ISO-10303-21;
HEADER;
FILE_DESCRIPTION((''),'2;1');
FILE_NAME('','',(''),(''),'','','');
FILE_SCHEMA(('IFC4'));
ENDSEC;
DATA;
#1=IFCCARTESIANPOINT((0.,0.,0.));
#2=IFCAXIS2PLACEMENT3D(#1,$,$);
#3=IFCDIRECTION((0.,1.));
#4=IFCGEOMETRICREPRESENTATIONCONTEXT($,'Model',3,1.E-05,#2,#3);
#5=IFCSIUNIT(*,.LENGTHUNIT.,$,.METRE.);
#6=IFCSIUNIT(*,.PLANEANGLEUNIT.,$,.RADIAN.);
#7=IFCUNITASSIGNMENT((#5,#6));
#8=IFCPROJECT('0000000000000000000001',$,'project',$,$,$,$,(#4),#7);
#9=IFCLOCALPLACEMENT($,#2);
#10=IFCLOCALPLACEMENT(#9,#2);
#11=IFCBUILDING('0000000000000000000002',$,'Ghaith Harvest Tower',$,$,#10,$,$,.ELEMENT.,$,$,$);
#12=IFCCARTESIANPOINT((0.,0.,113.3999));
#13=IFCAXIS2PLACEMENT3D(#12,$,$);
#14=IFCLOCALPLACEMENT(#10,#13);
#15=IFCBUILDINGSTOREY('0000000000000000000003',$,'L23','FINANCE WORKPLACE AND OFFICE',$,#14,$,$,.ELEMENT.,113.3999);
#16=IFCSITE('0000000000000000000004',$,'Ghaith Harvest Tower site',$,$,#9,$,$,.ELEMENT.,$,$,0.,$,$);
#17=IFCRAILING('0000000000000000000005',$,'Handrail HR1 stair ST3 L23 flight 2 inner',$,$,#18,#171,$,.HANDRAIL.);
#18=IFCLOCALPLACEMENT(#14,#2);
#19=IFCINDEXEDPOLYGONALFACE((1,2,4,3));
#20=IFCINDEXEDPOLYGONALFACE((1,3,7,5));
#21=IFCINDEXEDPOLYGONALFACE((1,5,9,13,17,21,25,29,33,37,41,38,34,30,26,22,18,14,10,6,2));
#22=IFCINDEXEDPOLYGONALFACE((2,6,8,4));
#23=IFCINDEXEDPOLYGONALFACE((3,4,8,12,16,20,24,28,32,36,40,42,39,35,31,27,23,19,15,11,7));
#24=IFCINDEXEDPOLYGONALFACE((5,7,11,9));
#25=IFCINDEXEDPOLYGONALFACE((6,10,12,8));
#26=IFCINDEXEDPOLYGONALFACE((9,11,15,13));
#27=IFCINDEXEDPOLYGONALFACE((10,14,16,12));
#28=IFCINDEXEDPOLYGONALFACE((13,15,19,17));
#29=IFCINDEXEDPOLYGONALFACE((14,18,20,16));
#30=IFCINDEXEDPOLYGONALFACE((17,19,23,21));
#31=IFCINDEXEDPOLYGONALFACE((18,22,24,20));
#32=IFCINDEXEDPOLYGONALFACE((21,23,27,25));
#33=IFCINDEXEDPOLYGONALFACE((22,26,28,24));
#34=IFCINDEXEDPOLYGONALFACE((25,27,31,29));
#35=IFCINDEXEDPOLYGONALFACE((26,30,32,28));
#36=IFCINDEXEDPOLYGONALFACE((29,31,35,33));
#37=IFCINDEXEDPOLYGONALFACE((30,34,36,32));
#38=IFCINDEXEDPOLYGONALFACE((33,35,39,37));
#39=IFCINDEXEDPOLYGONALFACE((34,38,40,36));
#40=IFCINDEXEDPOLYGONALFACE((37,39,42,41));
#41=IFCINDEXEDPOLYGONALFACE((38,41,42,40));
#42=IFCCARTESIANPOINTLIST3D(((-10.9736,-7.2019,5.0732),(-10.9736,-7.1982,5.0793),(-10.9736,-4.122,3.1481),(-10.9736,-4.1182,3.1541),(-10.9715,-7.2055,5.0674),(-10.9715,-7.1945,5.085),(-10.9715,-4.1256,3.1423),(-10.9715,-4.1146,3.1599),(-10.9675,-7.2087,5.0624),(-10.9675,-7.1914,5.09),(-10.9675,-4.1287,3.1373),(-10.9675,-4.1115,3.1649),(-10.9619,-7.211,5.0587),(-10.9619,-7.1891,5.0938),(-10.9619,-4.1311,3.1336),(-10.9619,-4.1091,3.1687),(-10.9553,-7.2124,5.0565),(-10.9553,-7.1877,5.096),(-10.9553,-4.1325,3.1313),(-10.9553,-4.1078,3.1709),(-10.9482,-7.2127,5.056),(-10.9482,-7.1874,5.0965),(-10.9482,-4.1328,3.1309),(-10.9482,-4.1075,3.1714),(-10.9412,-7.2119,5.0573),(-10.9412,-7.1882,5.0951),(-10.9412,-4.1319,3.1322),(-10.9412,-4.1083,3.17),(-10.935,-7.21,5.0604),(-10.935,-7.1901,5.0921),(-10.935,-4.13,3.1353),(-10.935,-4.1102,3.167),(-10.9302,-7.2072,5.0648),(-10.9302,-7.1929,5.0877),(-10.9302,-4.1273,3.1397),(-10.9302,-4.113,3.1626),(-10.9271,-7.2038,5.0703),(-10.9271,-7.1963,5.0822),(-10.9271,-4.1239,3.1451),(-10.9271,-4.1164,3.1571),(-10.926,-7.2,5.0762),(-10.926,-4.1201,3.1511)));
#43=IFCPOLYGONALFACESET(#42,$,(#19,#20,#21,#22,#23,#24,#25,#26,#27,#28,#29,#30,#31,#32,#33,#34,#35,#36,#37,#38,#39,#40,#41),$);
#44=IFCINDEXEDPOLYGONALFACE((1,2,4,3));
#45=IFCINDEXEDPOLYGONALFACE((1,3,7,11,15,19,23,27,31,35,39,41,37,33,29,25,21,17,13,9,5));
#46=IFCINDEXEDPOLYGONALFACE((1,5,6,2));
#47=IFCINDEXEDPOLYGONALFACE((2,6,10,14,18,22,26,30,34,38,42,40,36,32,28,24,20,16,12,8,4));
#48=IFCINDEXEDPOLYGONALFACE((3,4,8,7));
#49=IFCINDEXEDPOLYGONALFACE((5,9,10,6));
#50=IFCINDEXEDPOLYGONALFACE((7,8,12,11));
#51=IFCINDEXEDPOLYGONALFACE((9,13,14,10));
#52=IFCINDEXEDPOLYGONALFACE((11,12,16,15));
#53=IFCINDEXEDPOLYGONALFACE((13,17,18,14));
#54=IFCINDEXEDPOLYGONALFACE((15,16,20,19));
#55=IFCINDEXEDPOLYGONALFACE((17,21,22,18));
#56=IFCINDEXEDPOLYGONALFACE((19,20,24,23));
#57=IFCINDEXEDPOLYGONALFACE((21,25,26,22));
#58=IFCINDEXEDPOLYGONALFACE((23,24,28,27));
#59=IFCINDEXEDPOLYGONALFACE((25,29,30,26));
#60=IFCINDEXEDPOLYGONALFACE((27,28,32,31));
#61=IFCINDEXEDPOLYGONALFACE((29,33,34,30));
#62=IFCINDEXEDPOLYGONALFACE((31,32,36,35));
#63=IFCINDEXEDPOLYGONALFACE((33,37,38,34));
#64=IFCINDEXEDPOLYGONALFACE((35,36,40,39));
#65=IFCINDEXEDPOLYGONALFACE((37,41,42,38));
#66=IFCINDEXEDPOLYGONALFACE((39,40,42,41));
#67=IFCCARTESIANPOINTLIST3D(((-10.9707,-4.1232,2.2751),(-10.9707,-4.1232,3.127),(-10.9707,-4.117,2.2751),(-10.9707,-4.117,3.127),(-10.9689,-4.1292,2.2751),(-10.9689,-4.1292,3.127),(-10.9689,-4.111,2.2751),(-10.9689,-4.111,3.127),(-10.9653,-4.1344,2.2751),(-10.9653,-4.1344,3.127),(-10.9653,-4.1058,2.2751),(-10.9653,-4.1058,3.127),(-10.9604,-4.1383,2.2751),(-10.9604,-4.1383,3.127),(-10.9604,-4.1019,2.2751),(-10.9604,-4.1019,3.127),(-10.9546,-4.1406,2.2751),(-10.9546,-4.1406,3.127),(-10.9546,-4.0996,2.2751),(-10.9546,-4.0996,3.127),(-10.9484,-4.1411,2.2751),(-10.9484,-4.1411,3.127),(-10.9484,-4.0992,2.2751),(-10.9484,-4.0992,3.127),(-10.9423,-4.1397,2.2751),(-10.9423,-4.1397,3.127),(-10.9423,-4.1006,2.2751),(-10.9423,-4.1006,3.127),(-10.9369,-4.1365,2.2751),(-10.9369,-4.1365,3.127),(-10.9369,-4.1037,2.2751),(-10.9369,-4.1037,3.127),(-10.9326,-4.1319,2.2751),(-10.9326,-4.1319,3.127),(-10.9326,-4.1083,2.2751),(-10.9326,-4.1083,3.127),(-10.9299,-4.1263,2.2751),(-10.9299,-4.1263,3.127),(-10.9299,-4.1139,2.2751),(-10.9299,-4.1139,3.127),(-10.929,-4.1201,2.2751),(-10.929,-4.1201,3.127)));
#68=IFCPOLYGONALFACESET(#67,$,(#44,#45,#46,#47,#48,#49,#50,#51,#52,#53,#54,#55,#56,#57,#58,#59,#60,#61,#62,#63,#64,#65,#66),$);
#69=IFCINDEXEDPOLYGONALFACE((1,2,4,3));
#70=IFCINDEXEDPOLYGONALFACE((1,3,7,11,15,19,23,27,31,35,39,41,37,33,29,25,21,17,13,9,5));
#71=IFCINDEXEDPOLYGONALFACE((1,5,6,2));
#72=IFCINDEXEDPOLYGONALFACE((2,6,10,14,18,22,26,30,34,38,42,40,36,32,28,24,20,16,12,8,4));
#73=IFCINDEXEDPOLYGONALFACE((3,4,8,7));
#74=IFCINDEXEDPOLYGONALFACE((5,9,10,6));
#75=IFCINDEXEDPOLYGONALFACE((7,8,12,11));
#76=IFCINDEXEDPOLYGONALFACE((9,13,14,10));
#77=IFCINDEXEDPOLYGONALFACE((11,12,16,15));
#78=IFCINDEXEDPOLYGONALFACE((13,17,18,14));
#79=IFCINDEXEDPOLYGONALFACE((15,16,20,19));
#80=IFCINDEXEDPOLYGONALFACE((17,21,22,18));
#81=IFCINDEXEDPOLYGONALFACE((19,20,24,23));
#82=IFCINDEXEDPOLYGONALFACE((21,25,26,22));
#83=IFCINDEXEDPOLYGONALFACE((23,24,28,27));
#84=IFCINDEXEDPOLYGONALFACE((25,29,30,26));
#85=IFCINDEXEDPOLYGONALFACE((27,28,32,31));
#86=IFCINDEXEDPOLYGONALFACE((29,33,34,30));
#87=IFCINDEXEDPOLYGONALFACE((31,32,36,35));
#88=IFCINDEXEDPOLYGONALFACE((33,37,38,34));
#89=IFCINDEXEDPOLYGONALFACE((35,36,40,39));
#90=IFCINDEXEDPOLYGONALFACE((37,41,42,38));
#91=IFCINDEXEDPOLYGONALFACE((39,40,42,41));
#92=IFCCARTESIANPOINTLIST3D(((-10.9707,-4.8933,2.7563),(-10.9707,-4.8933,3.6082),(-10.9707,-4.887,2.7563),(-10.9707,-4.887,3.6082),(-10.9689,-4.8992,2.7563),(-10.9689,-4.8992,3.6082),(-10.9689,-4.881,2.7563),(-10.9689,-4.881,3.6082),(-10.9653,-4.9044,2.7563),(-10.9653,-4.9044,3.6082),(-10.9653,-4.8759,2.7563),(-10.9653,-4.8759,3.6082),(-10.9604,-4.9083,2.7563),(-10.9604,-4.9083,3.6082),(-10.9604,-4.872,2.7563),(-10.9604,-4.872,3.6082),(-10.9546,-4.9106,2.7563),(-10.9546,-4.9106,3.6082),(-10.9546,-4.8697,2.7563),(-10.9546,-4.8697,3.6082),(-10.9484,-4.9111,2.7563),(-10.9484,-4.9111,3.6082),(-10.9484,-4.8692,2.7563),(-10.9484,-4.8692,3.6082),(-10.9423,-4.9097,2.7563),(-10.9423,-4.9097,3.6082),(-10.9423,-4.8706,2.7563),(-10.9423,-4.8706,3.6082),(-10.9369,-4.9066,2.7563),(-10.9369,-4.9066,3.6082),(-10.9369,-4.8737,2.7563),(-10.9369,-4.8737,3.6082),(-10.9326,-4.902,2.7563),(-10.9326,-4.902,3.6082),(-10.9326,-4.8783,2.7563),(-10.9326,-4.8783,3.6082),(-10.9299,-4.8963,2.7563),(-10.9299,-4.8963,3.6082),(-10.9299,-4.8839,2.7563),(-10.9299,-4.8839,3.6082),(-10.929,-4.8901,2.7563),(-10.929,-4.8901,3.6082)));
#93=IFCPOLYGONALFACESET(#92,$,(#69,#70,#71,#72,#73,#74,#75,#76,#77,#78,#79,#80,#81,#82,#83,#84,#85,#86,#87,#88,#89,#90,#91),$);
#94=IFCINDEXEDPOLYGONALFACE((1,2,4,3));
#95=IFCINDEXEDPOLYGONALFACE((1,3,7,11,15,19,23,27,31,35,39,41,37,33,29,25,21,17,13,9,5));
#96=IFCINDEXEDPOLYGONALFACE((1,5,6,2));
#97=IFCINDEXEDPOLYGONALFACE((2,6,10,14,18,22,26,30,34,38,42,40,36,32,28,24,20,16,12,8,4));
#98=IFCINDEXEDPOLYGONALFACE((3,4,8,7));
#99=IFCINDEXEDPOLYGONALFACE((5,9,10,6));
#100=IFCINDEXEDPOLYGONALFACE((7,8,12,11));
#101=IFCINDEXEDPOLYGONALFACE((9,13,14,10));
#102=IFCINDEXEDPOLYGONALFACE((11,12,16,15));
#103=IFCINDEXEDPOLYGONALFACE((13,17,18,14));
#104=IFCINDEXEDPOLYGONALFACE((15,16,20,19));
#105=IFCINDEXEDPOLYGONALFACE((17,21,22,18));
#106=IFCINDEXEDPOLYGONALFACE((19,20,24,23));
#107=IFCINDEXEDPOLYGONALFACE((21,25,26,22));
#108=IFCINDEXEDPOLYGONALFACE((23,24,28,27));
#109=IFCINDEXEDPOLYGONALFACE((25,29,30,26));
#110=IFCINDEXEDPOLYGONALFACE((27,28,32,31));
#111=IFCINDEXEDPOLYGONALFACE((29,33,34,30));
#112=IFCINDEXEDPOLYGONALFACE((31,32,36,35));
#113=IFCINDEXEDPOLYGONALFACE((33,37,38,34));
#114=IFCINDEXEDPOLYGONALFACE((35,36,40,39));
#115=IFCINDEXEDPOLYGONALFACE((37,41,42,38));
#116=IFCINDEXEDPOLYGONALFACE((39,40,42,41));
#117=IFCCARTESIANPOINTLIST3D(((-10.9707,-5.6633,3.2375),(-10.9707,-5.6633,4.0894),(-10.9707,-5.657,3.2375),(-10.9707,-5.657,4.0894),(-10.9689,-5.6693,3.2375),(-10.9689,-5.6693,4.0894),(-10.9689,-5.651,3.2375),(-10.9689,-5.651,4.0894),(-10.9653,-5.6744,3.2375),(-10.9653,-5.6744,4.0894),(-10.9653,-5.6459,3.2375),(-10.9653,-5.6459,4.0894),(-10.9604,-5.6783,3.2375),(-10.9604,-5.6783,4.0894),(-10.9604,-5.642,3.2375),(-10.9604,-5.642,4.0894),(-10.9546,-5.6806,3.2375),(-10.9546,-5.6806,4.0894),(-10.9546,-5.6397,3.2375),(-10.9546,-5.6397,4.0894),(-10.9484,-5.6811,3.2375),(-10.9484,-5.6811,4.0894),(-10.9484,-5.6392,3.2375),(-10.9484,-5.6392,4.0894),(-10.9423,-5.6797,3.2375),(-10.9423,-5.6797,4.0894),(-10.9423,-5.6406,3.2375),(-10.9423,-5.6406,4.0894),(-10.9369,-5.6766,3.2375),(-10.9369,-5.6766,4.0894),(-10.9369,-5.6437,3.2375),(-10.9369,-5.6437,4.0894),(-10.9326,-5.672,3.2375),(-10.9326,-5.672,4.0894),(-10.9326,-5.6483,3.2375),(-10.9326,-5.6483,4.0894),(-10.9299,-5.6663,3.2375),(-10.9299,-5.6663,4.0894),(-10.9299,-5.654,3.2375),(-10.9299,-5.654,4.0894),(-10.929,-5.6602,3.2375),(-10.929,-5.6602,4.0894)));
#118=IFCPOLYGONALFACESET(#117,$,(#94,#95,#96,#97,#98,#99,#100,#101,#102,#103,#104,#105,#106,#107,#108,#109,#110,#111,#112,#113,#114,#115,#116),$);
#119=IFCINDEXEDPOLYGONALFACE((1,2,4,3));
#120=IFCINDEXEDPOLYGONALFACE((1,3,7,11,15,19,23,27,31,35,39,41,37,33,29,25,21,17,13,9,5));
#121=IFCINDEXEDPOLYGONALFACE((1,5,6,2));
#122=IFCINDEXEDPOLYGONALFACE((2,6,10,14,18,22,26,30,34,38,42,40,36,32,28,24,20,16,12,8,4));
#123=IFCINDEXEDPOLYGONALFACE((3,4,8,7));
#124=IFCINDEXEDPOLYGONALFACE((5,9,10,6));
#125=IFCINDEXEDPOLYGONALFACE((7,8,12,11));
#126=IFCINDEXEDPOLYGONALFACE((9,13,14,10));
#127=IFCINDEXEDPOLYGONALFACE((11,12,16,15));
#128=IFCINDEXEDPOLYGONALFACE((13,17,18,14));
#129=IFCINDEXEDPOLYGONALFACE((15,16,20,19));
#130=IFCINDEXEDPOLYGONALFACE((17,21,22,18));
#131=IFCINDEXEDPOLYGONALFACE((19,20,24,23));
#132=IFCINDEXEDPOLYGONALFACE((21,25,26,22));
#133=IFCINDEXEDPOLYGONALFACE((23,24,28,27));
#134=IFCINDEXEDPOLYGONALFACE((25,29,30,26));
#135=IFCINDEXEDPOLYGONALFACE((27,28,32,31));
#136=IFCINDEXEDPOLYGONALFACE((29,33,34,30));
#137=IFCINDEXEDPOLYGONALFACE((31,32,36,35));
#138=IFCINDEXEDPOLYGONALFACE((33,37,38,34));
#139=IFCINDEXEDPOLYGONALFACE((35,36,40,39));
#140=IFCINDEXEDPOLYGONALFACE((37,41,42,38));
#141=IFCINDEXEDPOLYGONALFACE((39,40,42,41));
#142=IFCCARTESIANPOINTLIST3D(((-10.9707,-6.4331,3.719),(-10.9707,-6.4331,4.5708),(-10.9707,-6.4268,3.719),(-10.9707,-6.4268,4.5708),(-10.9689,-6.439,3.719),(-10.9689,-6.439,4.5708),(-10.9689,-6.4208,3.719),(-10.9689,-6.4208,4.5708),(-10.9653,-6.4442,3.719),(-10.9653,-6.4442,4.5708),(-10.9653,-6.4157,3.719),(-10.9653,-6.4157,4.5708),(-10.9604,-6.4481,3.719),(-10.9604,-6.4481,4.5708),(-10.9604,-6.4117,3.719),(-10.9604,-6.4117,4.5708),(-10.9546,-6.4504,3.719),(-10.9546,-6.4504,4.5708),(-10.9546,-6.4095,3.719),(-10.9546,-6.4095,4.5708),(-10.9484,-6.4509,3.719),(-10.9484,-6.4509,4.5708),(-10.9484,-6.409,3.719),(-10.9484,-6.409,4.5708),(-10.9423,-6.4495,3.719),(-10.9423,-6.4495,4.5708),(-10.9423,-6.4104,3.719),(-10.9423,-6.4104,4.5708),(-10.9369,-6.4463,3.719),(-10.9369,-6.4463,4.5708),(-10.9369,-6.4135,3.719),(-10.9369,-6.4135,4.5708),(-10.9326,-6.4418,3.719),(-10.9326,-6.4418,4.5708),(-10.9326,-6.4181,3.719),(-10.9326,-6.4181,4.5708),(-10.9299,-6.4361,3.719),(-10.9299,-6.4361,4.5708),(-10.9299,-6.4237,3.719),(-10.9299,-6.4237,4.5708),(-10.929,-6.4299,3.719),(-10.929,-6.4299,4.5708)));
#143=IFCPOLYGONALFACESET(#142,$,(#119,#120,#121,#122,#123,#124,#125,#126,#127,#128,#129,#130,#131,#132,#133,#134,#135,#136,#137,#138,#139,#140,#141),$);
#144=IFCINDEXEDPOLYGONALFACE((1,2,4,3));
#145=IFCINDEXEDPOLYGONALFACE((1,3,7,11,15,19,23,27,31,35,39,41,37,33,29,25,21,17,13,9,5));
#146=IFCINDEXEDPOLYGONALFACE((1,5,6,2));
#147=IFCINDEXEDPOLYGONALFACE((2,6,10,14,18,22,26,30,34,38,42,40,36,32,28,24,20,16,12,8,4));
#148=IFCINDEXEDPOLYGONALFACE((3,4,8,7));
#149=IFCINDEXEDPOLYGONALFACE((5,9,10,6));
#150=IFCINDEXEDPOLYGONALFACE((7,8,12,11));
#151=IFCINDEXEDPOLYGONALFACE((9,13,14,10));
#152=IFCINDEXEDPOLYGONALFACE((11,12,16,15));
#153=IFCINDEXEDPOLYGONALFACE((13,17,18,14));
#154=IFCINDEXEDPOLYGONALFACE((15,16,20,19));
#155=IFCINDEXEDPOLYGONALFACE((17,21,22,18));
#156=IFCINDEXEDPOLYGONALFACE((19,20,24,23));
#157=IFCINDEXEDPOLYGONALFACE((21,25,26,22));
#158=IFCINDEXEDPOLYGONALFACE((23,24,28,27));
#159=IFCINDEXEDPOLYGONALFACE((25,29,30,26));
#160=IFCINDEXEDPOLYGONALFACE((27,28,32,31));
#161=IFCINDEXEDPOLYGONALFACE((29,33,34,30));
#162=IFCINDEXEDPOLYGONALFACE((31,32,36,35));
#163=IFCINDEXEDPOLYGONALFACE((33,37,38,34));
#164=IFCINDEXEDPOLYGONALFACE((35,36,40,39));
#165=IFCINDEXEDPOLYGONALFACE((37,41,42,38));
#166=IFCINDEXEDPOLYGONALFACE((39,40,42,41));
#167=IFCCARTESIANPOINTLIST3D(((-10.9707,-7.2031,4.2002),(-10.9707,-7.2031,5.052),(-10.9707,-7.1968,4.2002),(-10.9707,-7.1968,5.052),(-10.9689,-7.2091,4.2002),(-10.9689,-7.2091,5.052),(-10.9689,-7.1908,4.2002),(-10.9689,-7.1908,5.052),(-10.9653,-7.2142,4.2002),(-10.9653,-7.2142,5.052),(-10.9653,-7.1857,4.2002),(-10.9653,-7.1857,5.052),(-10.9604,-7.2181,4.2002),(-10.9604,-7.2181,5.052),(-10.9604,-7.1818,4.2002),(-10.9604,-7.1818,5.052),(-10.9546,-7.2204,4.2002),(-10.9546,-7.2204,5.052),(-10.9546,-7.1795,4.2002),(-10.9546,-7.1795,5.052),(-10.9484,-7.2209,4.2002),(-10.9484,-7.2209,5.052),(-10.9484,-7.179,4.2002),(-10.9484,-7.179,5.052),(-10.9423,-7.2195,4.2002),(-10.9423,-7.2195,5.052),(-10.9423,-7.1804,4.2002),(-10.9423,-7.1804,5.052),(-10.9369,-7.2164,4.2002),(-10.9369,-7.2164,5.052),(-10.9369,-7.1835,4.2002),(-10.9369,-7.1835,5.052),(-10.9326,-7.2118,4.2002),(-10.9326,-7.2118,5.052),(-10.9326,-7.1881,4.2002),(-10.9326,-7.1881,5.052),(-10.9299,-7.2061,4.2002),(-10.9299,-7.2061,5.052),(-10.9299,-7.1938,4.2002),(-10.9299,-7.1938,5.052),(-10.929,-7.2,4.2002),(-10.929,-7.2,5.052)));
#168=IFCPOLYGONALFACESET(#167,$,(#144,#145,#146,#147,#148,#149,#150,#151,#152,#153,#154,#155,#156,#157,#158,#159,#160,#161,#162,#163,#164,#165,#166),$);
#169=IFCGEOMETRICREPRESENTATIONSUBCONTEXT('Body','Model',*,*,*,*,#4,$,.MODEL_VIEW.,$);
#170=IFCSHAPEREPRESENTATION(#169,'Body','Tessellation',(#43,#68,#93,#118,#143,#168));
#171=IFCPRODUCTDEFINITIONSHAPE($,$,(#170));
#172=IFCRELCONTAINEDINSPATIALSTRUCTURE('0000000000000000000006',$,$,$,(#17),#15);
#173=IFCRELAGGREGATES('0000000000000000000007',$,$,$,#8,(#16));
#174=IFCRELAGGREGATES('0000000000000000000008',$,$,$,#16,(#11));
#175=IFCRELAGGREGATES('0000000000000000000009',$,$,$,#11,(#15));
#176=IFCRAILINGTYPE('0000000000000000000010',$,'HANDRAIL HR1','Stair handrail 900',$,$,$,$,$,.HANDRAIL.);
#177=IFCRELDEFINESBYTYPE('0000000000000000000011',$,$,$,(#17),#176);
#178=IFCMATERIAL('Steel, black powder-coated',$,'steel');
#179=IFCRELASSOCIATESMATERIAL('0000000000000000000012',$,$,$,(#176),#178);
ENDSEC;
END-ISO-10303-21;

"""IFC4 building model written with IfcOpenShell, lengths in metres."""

from ifc_helpers import new_model, si_unit, direction, frame, origin, origin_2d, place, context, subcontext, project, spatial, circle, extrude, material, type_object, element, save


model = new_model("IFC4")

# Units and contexts
model_context = context("Model", 3, precision=1e-05, world=origin(), true_north=direction((0.0, 1.0)))
body_context = subcontext(model_context, "Body", "Model", "MODEL_VIEW")
ifc_project = project(units=[si_unit("LENGTHUNIT", "METRE"), si_unit("PLANEANGLEUNIT", "RADIAN")], contexts=[model_context])

# Site, building, storey
site_placement = place(None, origin())
site = spatial("IfcSite", under=ifc_project, at=site_placement, Name="Ghaith Harvest Tower site", CompositionType="ELEMENT", RefElevation=0.0)
building_placement = place(site_placement, origin())
building = spatial("IfcBuilding", under=site, at=building_placement, Name="Ghaith Harvest Tower", CompositionType="ELEMENT")
storey_placement = place(building_placement, frame((0.0, 0.0, 113.3999)))
storey = spatial("IfcBuildingStorey", under=building, at=storey_placement, Name="L23", Description="FINANCE WORKPLACE AND OFFICE", CompositionType="ELEMENT", Elevation=113.3999)

# Railing
ifc_material_1 = material(Name="Steel, black powder-coated", Category="steel")
railing_type = type_object("IfcRailingType", Name="HANDRAIL HR1", Description="Stair handrail 900", PredefinedType="HANDRAIL", material=ifc_material_1)
railing_1_placement = place(storey_placement, frame((-10.95, -4.1201, 2.2751)))
element("IfcRailing", 1, at=railing_1_placement, inside=storey, type_object=railing_type, Name="Handrail HR1 stair ST3 L23 flight 2 inner", PredefinedType="HANDRAIL", context=body_context, shape_type="SweptSolid", body=[
    extrude(circle(Radius=0.0239, at=origin_2d()), frame((0.0, 0.0, 0.876), z_axis=(0.0, -0.847979, 0.530029), x_axis=(1.0, 0.0, 0.0)), (0.0, 0.0, 1.0), 3.6321),
    extrude(circle(Radius=0.021, at=origin_2d()), origin(), (0.0, 0.0, 1.0), 0.8518),
    extrude(circle(Radius=0.021, at=origin_2d()), frame((0.0, -0.77, 0.4812)), (0.0, 0.0, 1.0), 0.8518),
    extrude(circle(Radius=0.021, at=origin_2d()), frame((0.0, -1.54, 0.9624)), (0.0, 0.0, 1.0), 0.8518),
    extrude(circle(Radius=0.021, at=origin_2d()), frame((0.0, -2.3098, 1.4438)), (0.0, 0.0, 1.0), 0.8518),
    extrude(circle(Radius=0.021, at=origin_2d()), frame((0.0, -3.0798, 1.925)), (0.0, 0.0, 1.0), 0.8518),
])

save(model, "model.ifc")
